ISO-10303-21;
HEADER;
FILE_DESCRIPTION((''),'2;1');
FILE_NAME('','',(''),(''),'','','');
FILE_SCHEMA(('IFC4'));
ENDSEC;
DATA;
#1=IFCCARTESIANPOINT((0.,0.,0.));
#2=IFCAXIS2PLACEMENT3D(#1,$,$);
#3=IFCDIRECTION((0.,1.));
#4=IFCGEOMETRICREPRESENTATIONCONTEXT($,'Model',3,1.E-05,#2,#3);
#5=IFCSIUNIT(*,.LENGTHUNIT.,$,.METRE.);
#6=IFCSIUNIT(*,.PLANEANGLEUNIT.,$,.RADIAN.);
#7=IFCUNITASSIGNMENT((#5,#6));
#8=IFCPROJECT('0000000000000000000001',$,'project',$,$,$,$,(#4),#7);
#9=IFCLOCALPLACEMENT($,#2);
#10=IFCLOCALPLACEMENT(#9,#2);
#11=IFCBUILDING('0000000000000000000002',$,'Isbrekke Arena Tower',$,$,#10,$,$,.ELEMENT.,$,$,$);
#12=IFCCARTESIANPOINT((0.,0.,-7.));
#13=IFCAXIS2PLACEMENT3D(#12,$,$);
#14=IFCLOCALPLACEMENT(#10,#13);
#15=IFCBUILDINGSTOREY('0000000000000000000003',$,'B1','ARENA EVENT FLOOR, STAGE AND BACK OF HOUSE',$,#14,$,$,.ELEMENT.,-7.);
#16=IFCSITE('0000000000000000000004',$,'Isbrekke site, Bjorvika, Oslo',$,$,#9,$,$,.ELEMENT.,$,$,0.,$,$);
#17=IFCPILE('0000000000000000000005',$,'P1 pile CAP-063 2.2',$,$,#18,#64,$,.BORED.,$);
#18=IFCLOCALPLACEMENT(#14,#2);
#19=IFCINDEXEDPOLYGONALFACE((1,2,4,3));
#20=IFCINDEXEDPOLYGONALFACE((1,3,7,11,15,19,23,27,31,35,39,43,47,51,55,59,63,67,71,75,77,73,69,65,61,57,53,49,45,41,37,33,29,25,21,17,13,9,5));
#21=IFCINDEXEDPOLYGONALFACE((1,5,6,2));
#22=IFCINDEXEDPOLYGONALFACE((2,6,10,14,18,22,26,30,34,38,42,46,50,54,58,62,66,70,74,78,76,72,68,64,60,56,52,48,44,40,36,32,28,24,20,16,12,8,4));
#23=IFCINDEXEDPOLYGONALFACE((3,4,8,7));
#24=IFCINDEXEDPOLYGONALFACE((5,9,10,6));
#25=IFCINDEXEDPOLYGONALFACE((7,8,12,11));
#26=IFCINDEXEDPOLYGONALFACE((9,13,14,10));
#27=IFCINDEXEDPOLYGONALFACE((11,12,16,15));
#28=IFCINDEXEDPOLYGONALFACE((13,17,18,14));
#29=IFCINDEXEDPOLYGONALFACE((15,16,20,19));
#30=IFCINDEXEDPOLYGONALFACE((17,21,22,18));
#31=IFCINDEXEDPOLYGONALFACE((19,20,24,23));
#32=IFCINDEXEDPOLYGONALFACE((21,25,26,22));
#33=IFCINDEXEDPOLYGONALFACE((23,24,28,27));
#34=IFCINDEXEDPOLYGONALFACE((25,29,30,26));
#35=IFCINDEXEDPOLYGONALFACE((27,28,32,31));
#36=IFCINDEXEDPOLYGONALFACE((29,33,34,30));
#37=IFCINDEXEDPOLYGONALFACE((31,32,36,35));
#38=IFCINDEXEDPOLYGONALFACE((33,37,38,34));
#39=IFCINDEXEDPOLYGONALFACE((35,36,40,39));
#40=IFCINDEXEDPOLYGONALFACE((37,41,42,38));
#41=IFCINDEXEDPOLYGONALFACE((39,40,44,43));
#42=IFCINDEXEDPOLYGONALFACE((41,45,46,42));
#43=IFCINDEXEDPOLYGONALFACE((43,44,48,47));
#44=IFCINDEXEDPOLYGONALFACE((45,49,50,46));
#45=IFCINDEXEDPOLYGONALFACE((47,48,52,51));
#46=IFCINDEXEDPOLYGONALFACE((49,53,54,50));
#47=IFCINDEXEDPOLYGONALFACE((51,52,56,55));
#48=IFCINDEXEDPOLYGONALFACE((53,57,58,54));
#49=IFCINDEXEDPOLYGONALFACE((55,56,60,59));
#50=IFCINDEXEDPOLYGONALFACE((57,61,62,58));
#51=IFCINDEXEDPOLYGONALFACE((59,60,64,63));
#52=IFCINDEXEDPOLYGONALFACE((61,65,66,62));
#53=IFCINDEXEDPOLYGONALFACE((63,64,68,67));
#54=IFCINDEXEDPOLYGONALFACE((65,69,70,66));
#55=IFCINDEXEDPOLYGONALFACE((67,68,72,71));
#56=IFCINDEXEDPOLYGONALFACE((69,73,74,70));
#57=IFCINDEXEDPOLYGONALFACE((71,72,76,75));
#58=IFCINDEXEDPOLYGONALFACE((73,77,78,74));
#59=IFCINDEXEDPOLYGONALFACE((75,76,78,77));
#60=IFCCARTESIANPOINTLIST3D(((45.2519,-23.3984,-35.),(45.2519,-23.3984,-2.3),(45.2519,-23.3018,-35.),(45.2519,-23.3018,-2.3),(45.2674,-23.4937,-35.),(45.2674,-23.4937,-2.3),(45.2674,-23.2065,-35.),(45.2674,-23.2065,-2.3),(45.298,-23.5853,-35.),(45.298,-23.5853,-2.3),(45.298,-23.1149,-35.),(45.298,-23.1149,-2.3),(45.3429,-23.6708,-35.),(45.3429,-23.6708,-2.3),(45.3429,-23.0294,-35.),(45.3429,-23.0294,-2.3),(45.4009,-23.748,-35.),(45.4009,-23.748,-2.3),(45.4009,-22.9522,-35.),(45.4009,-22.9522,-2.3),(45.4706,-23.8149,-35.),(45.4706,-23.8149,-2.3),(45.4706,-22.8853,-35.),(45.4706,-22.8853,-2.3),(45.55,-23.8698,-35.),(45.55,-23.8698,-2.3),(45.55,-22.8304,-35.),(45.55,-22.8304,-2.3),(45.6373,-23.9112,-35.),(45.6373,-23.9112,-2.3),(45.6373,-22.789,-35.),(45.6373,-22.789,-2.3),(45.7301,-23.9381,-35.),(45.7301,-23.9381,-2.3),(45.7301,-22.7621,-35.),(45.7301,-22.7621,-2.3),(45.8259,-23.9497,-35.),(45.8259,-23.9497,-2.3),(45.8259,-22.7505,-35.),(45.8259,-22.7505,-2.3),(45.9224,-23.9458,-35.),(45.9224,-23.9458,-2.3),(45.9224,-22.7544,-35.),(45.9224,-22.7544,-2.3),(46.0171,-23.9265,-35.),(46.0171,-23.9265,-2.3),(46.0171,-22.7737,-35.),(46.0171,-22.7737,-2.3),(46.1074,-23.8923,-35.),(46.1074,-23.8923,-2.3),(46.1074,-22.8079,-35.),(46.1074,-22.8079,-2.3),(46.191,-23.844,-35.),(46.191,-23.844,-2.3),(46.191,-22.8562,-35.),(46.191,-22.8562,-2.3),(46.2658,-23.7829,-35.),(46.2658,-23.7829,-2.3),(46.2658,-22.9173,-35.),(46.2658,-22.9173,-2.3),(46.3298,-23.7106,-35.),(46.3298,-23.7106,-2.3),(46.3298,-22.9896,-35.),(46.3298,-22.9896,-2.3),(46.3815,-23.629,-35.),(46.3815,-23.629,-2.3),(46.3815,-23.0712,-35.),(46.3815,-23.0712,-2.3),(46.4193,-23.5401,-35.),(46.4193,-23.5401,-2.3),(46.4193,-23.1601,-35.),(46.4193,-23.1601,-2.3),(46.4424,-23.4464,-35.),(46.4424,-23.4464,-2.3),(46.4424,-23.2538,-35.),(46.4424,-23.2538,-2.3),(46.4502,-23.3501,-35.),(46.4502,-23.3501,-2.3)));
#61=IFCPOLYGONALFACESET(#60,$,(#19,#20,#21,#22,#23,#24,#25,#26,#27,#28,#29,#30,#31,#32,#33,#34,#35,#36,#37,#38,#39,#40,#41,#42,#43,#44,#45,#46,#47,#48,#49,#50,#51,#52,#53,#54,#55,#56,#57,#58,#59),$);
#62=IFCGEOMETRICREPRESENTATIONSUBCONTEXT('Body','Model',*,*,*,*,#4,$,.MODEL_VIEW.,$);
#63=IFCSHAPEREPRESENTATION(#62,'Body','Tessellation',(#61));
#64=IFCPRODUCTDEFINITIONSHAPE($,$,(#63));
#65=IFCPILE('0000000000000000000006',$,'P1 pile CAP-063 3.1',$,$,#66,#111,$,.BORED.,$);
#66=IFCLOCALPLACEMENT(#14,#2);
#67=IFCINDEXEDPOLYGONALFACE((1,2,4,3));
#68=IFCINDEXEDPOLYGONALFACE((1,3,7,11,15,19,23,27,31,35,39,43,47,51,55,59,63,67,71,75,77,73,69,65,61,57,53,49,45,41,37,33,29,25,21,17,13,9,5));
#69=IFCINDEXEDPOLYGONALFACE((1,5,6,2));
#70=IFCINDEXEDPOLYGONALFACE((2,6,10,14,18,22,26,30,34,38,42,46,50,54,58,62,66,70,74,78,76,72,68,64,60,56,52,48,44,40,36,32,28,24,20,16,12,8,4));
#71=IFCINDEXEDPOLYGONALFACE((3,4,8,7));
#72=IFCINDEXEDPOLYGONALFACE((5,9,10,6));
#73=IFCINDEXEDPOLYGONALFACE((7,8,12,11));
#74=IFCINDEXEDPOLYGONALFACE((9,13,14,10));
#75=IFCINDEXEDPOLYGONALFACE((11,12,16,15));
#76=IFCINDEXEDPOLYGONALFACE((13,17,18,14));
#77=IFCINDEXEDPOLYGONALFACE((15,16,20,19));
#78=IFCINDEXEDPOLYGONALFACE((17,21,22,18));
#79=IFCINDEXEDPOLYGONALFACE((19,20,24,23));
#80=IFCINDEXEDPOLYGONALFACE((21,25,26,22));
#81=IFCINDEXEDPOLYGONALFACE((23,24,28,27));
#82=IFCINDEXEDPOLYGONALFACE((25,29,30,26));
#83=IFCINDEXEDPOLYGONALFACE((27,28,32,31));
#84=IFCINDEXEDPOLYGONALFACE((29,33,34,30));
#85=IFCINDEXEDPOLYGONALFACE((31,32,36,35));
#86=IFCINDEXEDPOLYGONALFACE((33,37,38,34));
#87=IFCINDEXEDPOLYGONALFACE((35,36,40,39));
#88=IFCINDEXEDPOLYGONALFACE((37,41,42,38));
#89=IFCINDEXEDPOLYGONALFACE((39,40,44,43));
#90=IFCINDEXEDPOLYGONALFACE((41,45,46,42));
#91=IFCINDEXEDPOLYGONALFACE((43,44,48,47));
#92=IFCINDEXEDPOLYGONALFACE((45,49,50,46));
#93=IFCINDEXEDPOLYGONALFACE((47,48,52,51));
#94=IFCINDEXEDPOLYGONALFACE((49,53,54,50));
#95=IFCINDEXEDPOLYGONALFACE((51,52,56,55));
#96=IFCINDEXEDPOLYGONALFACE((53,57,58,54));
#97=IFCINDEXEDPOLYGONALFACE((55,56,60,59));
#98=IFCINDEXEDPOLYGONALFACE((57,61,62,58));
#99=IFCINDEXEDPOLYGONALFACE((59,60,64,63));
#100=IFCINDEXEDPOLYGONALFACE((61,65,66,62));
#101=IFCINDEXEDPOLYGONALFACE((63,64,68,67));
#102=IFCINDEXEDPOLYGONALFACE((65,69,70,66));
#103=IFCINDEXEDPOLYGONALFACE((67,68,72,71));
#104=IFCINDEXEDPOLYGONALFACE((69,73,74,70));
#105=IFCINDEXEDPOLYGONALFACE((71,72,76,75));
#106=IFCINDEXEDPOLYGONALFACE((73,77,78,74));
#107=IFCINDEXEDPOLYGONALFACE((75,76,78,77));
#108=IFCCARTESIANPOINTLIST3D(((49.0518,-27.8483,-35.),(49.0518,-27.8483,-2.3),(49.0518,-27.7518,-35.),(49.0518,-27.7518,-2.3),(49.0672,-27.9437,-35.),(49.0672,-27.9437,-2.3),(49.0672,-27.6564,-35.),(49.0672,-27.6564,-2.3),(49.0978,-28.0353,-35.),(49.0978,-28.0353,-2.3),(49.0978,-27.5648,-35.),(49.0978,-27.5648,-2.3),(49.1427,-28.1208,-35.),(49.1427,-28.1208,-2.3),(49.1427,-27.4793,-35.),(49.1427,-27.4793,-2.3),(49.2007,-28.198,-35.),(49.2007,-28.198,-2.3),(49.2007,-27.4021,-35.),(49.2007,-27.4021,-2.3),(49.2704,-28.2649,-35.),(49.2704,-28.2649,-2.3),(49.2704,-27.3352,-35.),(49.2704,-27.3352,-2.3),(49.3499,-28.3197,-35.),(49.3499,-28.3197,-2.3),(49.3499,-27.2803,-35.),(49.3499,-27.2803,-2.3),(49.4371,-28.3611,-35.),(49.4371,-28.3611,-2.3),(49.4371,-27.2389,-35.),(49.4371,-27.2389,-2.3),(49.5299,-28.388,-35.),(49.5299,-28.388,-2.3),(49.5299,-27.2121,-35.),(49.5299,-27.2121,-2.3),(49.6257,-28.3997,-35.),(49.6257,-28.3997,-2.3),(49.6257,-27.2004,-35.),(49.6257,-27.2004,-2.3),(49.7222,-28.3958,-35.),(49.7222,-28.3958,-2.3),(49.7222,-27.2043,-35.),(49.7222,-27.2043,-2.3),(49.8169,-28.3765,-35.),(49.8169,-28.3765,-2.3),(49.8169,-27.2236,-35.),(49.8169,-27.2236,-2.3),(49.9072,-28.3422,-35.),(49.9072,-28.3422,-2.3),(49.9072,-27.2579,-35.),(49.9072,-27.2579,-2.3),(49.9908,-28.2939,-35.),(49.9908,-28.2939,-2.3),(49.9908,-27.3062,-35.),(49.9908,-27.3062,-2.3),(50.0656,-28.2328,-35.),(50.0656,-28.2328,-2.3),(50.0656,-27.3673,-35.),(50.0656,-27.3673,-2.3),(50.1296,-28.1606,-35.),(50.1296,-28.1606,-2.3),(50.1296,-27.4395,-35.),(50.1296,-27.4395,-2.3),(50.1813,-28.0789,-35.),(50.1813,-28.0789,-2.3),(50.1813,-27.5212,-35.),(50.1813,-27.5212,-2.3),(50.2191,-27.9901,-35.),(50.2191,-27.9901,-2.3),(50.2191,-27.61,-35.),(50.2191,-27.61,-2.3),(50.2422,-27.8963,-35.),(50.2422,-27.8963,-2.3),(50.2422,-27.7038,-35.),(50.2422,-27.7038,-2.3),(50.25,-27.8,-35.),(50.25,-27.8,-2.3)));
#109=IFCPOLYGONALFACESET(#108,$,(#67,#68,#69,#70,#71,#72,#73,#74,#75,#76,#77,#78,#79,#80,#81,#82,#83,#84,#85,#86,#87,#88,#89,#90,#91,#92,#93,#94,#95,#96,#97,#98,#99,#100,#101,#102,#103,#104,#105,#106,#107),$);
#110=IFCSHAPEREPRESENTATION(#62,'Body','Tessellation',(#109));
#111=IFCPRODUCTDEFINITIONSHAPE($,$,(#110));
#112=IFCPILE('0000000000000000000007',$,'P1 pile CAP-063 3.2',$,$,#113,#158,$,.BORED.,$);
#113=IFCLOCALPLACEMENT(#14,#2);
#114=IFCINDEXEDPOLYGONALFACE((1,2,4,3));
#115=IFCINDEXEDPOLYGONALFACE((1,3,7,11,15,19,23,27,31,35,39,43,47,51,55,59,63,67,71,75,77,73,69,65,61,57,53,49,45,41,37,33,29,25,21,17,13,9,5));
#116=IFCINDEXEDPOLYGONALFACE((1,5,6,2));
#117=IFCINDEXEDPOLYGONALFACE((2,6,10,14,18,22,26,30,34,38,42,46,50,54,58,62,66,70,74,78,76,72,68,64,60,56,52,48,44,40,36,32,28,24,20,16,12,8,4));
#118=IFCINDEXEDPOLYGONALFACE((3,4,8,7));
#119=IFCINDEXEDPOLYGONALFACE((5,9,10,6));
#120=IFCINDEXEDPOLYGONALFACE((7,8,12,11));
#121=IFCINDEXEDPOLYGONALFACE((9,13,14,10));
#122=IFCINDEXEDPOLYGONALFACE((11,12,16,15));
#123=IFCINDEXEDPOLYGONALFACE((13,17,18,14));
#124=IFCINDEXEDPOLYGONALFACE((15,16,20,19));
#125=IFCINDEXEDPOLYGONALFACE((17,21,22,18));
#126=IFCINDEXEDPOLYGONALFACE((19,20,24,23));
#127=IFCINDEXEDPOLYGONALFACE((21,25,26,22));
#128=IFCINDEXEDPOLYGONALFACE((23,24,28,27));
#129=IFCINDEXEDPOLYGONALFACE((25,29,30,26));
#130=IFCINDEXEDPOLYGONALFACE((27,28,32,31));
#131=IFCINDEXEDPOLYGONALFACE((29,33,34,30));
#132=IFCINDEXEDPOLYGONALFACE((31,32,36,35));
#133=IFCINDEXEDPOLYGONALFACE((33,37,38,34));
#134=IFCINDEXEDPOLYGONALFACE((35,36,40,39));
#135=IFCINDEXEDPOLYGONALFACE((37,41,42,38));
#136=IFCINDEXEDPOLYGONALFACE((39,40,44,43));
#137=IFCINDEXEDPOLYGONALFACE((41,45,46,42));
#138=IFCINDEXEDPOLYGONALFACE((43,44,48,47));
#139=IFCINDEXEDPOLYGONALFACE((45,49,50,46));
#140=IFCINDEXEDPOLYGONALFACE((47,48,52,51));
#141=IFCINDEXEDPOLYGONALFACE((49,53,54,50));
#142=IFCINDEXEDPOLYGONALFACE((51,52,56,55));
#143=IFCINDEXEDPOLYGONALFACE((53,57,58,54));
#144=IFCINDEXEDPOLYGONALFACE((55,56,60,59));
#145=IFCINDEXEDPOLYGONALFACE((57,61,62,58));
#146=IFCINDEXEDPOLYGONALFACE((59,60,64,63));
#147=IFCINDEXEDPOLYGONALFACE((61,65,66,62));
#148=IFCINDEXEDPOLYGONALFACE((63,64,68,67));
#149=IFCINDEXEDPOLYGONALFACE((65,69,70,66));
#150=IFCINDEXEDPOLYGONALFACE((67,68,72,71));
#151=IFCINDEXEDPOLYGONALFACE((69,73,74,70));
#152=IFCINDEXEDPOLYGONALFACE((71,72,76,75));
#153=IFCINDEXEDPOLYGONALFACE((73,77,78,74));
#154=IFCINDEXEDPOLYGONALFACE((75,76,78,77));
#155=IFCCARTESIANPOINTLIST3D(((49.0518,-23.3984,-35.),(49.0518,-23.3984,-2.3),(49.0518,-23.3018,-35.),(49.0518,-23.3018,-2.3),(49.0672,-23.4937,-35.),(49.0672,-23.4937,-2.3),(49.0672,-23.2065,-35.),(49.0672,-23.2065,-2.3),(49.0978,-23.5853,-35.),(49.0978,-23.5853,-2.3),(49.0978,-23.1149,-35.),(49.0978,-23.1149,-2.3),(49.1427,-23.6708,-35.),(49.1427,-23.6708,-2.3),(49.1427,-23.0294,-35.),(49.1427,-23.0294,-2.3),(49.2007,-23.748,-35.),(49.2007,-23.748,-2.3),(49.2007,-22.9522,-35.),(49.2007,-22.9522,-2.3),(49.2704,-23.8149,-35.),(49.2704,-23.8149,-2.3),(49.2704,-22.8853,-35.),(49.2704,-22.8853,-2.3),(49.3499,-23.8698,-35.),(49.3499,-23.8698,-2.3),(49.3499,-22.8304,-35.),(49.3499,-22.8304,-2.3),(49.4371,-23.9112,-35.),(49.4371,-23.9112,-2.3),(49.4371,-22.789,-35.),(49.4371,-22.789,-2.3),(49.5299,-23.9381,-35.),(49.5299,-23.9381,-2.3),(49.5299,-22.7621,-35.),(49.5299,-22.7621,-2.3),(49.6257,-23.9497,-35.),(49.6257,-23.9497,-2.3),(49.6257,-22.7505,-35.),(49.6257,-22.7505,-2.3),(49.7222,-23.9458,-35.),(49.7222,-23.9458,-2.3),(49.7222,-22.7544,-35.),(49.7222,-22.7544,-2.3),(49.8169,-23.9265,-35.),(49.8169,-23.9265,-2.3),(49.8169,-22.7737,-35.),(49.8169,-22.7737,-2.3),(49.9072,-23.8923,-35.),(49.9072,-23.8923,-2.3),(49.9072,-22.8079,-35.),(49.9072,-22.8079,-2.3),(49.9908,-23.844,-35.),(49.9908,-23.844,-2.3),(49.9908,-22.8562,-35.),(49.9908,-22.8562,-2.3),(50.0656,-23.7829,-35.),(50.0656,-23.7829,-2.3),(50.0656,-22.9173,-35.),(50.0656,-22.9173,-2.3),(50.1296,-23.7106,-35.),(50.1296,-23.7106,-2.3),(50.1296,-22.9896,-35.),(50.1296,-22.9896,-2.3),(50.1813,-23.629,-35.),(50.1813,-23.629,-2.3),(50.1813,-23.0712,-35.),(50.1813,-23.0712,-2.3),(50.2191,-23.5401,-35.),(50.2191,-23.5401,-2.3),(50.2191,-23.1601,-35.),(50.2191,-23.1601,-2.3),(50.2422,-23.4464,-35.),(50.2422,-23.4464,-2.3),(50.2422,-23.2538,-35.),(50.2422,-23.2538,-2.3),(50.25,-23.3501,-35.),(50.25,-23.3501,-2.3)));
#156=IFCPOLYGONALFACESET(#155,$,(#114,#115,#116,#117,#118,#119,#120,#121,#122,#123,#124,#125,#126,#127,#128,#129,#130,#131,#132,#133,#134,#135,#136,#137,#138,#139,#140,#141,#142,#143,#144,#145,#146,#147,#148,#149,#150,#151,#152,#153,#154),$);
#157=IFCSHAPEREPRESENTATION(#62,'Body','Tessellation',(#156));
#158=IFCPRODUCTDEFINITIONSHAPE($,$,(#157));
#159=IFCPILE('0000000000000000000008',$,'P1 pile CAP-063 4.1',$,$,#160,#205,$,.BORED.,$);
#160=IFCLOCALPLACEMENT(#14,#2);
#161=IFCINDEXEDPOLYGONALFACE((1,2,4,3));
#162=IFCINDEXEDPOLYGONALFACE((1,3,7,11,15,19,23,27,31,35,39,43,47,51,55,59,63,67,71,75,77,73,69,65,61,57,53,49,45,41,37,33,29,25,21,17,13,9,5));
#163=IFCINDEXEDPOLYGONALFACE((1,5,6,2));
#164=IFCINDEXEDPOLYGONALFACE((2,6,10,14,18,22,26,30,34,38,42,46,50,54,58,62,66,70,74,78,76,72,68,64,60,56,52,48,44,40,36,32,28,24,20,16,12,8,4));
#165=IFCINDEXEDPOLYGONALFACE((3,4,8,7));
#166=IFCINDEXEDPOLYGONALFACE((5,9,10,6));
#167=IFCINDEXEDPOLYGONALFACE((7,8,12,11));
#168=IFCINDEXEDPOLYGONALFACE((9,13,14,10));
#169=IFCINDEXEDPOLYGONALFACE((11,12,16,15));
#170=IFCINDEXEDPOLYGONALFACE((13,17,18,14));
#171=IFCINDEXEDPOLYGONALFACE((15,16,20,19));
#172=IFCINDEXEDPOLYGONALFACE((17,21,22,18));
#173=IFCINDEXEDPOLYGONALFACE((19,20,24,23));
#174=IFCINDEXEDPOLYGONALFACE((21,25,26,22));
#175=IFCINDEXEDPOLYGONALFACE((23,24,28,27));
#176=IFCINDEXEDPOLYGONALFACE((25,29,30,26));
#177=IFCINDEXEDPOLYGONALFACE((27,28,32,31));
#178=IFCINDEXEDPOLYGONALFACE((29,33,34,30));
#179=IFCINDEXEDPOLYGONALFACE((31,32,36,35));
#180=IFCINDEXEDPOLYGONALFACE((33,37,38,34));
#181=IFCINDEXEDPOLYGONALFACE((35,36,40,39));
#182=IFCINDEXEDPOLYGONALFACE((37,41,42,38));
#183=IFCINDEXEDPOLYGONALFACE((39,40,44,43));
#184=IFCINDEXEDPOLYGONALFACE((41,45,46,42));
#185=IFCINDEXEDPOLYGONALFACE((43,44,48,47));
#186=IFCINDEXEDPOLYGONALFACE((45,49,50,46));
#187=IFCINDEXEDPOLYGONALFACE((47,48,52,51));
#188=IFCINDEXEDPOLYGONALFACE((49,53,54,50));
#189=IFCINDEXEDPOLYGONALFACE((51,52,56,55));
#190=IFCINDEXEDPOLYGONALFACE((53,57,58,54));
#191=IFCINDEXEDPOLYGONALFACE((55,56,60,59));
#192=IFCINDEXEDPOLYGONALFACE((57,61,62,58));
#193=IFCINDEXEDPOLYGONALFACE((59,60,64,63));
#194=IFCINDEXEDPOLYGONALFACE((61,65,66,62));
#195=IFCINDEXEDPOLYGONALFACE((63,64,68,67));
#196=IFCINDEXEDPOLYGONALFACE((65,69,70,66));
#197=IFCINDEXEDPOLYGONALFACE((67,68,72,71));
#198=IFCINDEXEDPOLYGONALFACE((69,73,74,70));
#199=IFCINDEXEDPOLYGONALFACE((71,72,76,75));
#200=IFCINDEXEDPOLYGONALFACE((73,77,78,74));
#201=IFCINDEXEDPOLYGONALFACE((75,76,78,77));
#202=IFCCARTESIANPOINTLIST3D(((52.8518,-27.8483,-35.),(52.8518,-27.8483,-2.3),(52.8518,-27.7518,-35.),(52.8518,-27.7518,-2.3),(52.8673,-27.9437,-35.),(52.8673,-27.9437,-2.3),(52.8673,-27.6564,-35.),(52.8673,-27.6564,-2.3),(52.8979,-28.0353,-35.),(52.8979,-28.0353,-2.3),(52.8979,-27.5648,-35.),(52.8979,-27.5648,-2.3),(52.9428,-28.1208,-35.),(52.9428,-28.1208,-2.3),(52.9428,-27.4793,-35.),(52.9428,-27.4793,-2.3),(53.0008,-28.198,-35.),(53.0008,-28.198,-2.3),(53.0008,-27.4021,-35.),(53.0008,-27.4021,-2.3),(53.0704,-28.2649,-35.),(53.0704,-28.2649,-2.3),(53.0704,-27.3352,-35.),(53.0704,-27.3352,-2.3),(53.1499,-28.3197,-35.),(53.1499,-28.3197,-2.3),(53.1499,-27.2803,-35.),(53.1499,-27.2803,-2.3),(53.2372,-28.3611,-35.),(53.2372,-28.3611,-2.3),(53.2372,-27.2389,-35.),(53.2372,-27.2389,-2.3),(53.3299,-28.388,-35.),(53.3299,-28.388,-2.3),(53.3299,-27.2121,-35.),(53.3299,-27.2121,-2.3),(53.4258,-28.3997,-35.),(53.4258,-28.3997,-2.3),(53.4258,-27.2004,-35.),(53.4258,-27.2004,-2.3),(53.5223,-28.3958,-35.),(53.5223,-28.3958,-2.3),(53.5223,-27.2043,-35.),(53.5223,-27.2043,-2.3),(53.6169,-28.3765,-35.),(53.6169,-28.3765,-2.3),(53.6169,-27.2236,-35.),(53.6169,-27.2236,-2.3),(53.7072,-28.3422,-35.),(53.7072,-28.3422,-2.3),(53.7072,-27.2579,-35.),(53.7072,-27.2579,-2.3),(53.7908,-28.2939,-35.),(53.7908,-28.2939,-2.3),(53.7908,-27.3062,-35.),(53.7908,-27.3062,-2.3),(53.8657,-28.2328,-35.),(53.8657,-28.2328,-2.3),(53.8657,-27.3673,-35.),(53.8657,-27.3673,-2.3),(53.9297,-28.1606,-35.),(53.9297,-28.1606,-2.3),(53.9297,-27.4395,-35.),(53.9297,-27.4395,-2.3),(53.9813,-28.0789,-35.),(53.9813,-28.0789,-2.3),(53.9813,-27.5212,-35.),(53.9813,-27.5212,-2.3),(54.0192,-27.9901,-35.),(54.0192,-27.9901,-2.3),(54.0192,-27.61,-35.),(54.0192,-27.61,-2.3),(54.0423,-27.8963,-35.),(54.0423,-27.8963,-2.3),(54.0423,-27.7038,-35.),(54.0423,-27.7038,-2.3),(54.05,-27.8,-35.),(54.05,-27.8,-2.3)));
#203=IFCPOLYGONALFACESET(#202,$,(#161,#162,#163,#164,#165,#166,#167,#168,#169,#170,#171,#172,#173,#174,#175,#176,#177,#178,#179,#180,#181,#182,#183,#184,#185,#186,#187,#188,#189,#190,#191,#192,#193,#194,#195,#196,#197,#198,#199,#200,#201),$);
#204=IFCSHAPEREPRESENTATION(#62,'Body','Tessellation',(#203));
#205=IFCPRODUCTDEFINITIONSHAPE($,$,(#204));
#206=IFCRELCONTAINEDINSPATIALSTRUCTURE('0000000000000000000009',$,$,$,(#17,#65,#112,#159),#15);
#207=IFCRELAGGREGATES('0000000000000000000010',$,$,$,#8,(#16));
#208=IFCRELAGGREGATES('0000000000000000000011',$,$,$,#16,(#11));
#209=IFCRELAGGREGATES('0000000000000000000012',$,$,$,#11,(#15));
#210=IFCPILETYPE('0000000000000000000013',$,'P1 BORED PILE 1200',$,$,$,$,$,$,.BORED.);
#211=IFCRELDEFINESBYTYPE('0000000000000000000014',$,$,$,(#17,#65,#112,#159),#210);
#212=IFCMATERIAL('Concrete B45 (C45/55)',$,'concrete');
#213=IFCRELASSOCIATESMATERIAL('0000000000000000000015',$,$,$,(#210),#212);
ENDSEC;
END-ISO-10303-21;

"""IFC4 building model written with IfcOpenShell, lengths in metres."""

from ifc_helpers import new_model, si_unit, direction, frame, origin, origin_2d, place, context, subcontext, project, spatial, circle, extrude, material, material_profile, profile_set, type_object, element, save


model = new_model("IFC4")

# Units and contexts
model_context = context("Model", 3, precision=1e-05, world=origin(), true_north=direction((0.0, 1.0)))
body_context = subcontext(model_context, "Body", "Model", "MODEL_VIEW")
ifc_project = project(units=[si_unit("LENGTHUNIT", "METRE"), si_unit("PLANEANGLEUNIT", "RADIAN")], contexts=[model_context])

# Site, building, storey
site_placement = place(None, origin())
site = spatial("IfcSite", under=ifc_project, at=site_placement, Name="Isbrekke site, Bjorvika, Oslo", CompositionType="ELEMENT", RefElevation=0.0)
building_placement = place(site_placement, origin())
building = spatial("IfcBuilding", under=site, at=building_placement, Name="Isbrekke Arena Tower", CompositionType="ELEMENT")
storey_placement = place(building_placement, frame((0.0, 0.0, -7.0)))
storey = spatial("IfcBuildingStorey", under=building, at=storey_placement, Name="B1", Description="ARENA EVENT FLOOR, STAGE AND BACK OF HOUSE", CompositionType="ELEMENT", Elevation=-7.0)

# Piles
ifc_material_1 = material(Name="Concrete B45 (C45/55)", Category="concrete")
ifc_material_profile_1 = material_profile(ifc_material_1, circle(Radius=0.6001, at=origin_2d()), Name="BORED PILE D1200")
ifc_profile_set_1 = profile_set([ifc_material_profile_1], Name="Concrete B45 (C45/55)")
pile_type = type_object("IfcPileType", Name="P1 BORED PILE 1200", PredefinedType="BORED", material=ifc_profile_set_1)
for number, where, z_axis, x_axis, name in (
    (1, (45.8501, -23.3501, -2.3), (0.0, 0.0, -1.0), (1.0, 0.0, 0.0), "P1 pile CAP-063 2.2"),
    (2, (49.6499, -27.8, -2.3), (0.0, 0.0, -1.0), (1.0, 0.0, 0.0), "P1 pile CAP-063 3.1"),
    (3, (49.6499, -23.3501, -2.3), (0.0, 0.0, -1.0), (1.0, 0.0, 0.0), "P1 pile CAP-063 3.2"),
    (4, (53.45, -27.8, -2.3), (0.0, 0.0, -1.0), (1.0, 0.0, 0.0), "P1 pile CAP-063 4.1"),
):
    element("IfcPile", number, at=place(storey_placement, frame(where, z_axis=z_axis, x_axis=x_axis)), inside=storey, type_object=pile_type, Name=name, PredefinedType="BORED", context=body_context, shape_type="SweptSolid", body=[
        extrude(circle(Radius=0.6001, at=origin_2d()), origin(), (0.0, 0.0, 1.0), 32.7),
    ])

save(model, "model.ifc")
